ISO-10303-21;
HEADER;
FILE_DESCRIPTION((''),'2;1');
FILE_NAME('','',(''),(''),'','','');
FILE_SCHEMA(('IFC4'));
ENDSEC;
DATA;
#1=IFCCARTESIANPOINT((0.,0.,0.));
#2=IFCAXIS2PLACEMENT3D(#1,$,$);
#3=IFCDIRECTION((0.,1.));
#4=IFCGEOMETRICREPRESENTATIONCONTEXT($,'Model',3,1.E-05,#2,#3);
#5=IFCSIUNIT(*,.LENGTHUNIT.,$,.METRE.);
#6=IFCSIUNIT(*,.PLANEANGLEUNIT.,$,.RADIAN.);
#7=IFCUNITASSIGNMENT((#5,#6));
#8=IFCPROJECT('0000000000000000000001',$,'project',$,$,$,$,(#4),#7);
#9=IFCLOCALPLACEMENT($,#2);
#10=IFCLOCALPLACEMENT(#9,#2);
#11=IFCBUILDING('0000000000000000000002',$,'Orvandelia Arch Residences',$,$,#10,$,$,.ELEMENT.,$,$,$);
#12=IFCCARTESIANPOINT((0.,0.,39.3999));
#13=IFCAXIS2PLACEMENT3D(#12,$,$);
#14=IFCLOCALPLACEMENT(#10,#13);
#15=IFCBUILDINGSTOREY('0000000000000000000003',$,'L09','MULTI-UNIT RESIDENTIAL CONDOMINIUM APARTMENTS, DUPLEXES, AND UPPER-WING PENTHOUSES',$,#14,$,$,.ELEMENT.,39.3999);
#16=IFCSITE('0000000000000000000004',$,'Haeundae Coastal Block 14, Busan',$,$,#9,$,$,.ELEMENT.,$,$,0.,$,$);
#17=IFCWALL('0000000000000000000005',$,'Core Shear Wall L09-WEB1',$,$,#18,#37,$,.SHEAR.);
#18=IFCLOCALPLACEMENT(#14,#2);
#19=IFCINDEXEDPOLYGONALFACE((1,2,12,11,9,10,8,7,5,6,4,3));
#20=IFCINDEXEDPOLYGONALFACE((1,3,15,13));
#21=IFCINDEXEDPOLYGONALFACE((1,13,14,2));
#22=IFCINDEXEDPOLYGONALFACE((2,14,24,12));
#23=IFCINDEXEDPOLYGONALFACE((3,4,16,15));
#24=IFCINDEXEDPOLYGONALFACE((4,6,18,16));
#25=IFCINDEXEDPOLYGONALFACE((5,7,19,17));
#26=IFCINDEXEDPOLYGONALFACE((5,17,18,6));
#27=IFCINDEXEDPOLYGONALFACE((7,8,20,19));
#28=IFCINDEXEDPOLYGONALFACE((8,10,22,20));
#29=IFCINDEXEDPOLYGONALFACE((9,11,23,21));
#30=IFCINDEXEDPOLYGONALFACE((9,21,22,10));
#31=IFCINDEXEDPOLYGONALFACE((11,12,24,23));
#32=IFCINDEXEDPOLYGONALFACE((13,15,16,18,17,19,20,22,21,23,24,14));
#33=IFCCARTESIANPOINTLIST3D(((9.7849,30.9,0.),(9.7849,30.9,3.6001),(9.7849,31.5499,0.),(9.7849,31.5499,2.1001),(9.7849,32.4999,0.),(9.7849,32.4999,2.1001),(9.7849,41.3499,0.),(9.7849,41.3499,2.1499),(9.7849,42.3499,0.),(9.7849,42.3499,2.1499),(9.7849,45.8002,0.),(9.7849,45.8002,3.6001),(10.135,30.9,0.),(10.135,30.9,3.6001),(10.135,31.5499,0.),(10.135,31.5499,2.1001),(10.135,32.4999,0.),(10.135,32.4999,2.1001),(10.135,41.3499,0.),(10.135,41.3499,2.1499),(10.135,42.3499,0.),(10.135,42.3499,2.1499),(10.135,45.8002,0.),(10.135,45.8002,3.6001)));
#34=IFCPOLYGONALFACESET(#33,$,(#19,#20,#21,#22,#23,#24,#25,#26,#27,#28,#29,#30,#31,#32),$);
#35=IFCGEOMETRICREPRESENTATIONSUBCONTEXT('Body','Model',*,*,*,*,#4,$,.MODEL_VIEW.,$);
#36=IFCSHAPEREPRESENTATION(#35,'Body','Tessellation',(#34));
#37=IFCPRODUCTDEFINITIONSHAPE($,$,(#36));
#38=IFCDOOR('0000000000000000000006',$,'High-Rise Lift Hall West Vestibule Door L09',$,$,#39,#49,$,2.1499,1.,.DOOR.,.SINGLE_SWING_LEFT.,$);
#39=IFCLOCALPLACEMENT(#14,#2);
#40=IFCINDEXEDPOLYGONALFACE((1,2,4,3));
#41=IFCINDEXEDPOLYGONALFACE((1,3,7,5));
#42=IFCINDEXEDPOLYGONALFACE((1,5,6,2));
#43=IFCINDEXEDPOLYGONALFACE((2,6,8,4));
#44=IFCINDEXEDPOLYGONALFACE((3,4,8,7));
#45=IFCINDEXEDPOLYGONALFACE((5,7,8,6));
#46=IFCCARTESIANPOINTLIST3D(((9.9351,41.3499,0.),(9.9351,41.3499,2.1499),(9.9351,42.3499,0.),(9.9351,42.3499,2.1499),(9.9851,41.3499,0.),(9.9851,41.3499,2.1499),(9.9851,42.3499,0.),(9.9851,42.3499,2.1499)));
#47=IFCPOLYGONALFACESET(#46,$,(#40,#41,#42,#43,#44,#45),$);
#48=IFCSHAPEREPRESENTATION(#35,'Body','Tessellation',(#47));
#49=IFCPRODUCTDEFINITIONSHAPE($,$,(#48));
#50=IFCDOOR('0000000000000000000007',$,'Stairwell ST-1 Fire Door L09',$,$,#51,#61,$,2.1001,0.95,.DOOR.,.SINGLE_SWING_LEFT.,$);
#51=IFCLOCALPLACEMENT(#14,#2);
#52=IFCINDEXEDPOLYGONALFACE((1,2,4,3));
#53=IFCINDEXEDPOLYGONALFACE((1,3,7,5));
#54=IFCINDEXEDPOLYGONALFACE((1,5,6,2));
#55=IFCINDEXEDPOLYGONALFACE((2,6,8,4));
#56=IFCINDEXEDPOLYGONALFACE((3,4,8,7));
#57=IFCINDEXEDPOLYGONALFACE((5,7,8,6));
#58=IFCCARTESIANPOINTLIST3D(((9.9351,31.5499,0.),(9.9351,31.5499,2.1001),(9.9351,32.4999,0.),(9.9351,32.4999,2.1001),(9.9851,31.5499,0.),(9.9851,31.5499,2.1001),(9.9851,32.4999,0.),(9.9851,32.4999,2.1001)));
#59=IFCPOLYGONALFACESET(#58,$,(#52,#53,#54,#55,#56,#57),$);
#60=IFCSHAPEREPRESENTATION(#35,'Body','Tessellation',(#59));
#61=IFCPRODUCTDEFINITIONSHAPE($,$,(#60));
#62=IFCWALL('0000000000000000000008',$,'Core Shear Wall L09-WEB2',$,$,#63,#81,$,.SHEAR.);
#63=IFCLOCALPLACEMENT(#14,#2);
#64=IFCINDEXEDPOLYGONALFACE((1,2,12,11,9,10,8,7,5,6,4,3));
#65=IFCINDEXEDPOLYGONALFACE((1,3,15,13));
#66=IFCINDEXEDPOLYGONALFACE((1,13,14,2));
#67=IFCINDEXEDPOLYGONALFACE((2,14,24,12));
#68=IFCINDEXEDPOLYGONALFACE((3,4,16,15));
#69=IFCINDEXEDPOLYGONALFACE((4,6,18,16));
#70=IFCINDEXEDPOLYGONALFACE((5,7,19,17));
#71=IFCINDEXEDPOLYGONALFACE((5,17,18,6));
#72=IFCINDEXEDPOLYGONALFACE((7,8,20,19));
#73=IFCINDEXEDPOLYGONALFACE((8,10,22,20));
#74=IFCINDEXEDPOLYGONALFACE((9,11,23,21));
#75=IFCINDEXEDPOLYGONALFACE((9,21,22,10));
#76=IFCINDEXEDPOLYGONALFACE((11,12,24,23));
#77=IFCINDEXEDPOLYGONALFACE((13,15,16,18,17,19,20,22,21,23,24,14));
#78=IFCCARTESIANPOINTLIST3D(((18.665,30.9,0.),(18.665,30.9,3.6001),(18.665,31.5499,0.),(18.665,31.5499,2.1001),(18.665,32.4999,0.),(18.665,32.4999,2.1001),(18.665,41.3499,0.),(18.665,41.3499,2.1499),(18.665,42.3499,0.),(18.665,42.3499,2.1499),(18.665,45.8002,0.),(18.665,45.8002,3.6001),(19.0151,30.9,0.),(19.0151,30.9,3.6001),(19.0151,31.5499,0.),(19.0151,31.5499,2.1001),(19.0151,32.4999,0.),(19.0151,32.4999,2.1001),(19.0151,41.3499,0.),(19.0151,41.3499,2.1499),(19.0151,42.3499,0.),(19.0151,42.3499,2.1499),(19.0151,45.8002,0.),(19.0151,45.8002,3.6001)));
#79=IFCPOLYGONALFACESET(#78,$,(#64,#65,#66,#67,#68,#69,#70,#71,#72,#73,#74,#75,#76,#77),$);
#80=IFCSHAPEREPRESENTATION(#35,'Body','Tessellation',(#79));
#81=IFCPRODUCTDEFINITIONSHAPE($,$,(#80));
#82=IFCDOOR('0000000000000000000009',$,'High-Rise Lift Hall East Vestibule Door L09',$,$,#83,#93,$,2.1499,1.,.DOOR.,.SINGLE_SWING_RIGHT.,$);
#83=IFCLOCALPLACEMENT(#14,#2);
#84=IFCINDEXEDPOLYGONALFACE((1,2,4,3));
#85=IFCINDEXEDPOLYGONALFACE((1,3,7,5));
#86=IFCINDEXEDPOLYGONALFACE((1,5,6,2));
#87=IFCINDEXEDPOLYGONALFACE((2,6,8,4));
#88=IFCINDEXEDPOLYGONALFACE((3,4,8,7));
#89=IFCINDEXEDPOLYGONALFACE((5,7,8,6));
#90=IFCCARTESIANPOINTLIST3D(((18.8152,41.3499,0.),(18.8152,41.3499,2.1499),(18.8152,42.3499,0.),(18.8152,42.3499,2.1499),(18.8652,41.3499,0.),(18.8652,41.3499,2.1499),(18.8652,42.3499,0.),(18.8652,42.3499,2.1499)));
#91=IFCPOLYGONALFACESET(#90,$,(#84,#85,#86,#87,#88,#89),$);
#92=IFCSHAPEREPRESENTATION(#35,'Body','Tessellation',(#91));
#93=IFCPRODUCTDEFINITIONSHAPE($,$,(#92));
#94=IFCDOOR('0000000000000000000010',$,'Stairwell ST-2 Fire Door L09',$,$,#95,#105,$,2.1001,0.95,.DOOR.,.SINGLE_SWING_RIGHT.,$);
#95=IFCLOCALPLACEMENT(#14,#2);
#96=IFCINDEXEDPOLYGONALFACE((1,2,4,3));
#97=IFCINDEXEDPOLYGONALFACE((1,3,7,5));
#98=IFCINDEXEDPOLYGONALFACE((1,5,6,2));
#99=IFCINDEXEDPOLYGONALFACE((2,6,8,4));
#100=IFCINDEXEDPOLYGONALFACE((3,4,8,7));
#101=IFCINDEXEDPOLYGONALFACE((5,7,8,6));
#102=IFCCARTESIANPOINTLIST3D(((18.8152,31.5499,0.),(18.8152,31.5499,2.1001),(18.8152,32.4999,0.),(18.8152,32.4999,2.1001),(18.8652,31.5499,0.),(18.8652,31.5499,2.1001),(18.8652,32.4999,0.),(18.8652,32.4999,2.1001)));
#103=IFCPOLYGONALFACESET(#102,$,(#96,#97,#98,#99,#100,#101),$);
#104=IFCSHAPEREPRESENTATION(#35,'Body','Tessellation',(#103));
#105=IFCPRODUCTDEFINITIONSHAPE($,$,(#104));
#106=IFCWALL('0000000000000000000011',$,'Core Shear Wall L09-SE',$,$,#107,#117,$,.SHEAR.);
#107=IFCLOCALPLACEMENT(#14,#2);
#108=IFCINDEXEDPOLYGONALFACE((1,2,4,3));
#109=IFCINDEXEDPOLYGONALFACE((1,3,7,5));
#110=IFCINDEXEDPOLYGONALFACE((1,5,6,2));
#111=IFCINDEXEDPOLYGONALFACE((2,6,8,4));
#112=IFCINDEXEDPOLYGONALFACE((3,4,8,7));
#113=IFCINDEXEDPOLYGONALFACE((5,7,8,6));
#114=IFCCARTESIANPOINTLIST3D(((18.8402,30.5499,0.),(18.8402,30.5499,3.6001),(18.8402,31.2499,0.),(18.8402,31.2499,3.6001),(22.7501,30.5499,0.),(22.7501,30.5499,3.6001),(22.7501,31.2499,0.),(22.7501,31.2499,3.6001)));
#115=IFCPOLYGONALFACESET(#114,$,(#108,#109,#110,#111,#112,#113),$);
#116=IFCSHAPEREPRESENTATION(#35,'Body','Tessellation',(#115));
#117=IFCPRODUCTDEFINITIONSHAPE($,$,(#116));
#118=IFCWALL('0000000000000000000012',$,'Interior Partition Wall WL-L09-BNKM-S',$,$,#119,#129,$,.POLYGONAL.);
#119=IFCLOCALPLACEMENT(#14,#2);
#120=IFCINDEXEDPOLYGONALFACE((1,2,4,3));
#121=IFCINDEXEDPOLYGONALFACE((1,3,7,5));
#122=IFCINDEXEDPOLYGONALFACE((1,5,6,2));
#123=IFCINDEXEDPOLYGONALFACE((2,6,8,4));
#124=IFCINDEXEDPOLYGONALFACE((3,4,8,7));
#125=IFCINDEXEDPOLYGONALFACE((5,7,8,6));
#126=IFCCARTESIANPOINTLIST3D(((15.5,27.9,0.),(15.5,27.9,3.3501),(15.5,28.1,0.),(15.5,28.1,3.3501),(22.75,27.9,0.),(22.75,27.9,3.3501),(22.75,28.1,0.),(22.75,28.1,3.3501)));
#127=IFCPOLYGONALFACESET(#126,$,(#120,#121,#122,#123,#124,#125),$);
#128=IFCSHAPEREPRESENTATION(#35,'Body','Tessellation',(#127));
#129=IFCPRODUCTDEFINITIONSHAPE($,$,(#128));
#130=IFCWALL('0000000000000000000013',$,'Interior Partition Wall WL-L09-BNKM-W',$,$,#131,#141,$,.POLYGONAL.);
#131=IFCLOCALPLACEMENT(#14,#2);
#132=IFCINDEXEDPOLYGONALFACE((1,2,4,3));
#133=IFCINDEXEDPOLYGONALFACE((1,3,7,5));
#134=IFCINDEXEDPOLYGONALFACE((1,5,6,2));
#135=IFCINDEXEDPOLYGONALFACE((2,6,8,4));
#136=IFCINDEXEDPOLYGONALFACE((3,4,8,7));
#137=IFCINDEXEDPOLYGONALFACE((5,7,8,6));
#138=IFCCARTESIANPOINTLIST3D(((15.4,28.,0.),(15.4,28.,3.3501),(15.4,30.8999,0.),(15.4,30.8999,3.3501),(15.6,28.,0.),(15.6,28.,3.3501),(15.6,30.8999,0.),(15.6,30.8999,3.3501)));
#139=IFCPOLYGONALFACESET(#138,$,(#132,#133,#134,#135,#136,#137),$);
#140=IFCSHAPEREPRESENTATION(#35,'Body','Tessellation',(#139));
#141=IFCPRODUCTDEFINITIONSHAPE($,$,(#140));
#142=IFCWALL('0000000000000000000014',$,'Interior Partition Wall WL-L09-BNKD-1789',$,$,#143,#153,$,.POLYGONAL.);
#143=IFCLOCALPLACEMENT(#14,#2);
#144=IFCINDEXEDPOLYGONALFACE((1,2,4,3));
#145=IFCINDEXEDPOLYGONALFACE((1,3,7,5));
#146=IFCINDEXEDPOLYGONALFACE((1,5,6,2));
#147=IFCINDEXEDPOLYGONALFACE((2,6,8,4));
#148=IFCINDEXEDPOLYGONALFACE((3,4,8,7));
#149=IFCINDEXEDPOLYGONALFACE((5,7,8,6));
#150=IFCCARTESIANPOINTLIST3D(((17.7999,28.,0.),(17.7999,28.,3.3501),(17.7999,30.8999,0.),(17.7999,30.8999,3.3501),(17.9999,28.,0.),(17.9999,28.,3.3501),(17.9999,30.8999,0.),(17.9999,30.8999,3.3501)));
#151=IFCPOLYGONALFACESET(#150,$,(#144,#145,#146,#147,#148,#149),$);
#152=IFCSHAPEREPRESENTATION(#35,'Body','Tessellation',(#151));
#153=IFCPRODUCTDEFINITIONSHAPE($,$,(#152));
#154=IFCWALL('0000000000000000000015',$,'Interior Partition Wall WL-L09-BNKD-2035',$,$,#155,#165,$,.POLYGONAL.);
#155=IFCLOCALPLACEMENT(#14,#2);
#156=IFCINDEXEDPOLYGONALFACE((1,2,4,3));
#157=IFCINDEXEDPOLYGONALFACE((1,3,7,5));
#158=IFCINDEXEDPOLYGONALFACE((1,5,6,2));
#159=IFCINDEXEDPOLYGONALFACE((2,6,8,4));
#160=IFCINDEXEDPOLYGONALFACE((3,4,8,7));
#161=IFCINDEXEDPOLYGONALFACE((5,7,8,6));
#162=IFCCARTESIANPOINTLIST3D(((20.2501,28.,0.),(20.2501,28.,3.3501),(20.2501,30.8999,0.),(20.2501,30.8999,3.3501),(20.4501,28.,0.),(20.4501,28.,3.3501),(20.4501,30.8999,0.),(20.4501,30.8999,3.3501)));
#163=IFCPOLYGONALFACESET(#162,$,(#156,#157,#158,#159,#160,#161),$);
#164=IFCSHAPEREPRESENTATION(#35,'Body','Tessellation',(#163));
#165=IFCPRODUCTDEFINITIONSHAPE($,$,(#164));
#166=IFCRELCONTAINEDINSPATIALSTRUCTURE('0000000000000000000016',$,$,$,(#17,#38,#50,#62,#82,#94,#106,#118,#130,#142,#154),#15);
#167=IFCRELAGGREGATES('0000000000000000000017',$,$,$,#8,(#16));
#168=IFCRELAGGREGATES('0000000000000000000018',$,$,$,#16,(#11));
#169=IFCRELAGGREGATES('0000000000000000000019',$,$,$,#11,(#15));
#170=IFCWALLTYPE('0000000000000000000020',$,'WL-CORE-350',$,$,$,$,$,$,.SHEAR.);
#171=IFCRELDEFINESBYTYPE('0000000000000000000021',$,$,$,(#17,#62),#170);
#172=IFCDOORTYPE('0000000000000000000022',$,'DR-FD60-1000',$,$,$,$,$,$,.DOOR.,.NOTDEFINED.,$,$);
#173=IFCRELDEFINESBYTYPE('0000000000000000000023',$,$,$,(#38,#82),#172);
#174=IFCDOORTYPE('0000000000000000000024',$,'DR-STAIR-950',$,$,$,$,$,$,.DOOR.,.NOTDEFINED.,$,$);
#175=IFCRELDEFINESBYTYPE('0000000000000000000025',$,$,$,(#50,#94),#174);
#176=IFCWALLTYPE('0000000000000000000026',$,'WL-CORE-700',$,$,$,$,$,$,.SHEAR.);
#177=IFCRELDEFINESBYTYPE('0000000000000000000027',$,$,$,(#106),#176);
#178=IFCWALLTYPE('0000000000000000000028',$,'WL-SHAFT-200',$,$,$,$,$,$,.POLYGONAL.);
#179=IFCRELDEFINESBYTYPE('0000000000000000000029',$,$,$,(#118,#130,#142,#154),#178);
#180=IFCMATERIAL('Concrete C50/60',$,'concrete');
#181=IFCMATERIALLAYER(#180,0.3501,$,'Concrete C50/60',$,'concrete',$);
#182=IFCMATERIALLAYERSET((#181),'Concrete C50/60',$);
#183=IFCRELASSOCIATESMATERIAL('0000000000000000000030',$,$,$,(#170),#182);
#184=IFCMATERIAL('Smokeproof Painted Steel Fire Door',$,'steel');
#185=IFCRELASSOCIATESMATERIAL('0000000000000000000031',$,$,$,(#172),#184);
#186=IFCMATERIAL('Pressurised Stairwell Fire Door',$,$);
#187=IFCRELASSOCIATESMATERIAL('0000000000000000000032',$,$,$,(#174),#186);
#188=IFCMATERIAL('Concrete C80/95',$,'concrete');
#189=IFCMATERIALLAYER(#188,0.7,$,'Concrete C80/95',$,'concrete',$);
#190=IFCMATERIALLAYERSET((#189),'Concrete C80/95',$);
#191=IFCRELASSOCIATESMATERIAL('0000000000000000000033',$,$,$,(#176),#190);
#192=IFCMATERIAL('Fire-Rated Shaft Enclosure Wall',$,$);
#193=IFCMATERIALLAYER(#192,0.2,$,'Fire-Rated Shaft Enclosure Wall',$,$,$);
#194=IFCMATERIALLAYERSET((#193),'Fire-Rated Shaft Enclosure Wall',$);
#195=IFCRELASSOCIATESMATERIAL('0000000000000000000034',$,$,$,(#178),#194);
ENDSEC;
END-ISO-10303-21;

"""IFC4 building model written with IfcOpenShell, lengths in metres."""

from ifc_helpers import new_model, si_unit, direction, frame, frame_2d, origin, place, context, subcontext, project, spatial, rectangle, extrude, material, layer, layer_set, type_object, element, fill, save


model = new_model("IFC4")

# Units and contexts
model_context = context("Model", 3, precision=1e-05, world=origin(), true_north=direction((0.0, 1.0)))
body_context = subcontext(model_context, "Body", "Model", "MODEL_VIEW")
ifc_project = project(units=[si_unit("LENGTHUNIT", "METRE"), si_unit("PLANEANGLEUNIT", "RADIAN")], contexts=[model_context])

# Site, building, storey
site_placement = place(None, origin())
site = spatial("IfcSite", under=ifc_project, at=site_placement, Name="Haeundae Coastal Block 14, Busan", CompositionType="ELEMENT", RefElevation=0.0)
building_placement = place(site_placement, origin())
building = spatial("IfcBuilding", under=site, at=building_placement, Name="Orvandelia Arch Residences", CompositionType="ELEMENT")
storey_placement = place(building_placement, frame((0.0, 0.0, 39.3999)))
storey = spatial("IfcBuildingStorey", under=building, at=storey_placement, Name="L09", Description="MULTI-UNIT RESIDENTIAL CONDOMINIUM APARTMENTS, DUPLEXES, AND UPPER-WING PENTHOUSES", CompositionType="ELEMENT", Elevation=39.3999)

# Walls, openings, doors
ifc_material_1 = material(Name="Concrete C50/60", Category="concrete")
ifc_layer_1 = layer(ifc_material_1, 0.3501, Name="Concrete C50/60", Category="concrete")
ifc_layer_set_1 = layer_set([ifc_layer_1], Name="Concrete C50/60")
wall_type_1 = type_object("IfcWallType", Name="WL-CORE-350", PredefinedType="SHEAR", material=ifc_layer_set_1)
wall_1_placement = place(storey_placement, frame((9.96, 30.8999, 0.0), z_axis=(0.0, 0.0, 1.0), x_axis=(0.0, 1.0, 0.0)))
wall_1 = element("IfcWall", 1, at=wall_1_placement, inside=storey, type_object=wall_type_1, Name="Core Shear Wall L09-WEB1", PredefinedType="SHEAR", context=body_context, shape_type="SweptSolid", body=[
    extrude(rectangle(XDim=14.9001, YDim=0.3501, at=frame_2d((7.4502, 0.0))), origin(), (0.0, 0.0, 1.0), 3.6001),
])
opening_1_placement = place(wall_1_placement, frame((0.6499, 0.0, 0.0)))
opening_1 = element("IfcOpeningElement", 2, at=opening_1_placement, cuts=wall_1, PredefinedType="OPENING", context=body_context, shape_type="SweptSolid", body=[
    extrude(rectangle(XDim=0.95, YDim=2.1001, at=frame_2d((0.4751, 1.05))), frame((0.0, 0.1851, 0.0), z_axis=(0.0, -1.0, 0.0), x_axis=(1.0, 0.0, 0.0)), (0.0, 0.0, 1.0), 0.3701),
])
opening_2_placement = place(wall_1_placement, frame((10.45, 0.0, 0.0)))
opening_2 = element("IfcOpeningElement", 3, at=opening_2_placement, cuts=wall_1, PredefinedType="OPENING", context=body_context, shape_type="SweptSolid", body=[
    extrude(rectangle(XDim=1.0, YDim=2.1499, at=frame_2d((0.5, 1.075))), frame((0.0, 0.1851, 0.0), z_axis=(0.0, -1.0, 0.0), x_axis=(1.0, 0.0, 0.0)), (0.0, 0.0, 1.0), 0.3701),
])
ifc_material_2 = material(Name="Smokeproof Painted Steel Fire Door", Category="steel")
door_type_1 = type_object("IfcDoorType", Name="DR-FD60-1000", OperationType="NOTDEFINED", PredefinedType="DOOR", material=ifc_material_2)
door_1_placement = place(opening_2_placement, origin())
door_1 = element("IfcDoor", 4, at=door_1_placement, inside=storey, type_object=door_type_1, Name="High-Rise Lift Hall West Vestibule Door L09", OperationType="SINGLE_SWING_LEFT", OverallHeight=2.1499, OverallWidth=1.0, PredefinedType="DOOR", context=body_context, shape_type="SweptSolid", body=[
    extrude(rectangle(XDim=1.0, YDim=2.1499, at=frame_2d((0.5, 1.075))), frame((0.0, 0.0249, 0.0), z_axis=(0.0, -1.0, 0.0), x_axis=(1.0, 0.0, 0.0)), (0.0, 0.0, 1.0), 0.05),
])
fill(opening_2, door_1)
ifc_material_3 = material(Name="Pressurised Stairwell Fire Door")
door_type_2 = type_object("IfcDoorType", Name="DR-STAIR-950", OperationType="NOTDEFINED", PredefinedType="DOOR", material=ifc_material_3)
door_2_placement = place(opening_1_placement, origin())
door_2 = element("IfcDoor", 5, at=door_2_placement, inside=storey, type_object=door_type_2, Name="Stairwell ST-1 Fire Door L09", OperationType="SINGLE_SWING_LEFT", OverallHeight=2.1001, OverallWidth=0.95, PredefinedType="DOOR", context=body_context, shape_type="SweptSolid", body=[
    extrude(rectangle(XDim=0.95, YDim=2.1001, at=frame_2d((0.4751, 1.05))), frame((0.0, 0.0249, 0.0), z_axis=(0.0, -1.0, 0.0), x_axis=(1.0, 0.0, 0.0)), (0.0, 0.0, 1.0), 0.05),
])
fill(opening_1, door_2)
wall_2_placement = place(storey_placement, frame((18.8401, 30.8999, 0.0), z_axis=(0.0, 0.0, 1.0), x_axis=(0.0, 1.0, 0.0)))
wall_2 = element("IfcWall", 6, at=wall_2_placement, inside=storey, type_object=wall_type_1, Name="Core Shear Wall L09-WEB2", PredefinedType="SHEAR", context=body_context, shape_type="SweptSolid", body=[
    extrude(rectangle(XDim=14.9001, YDim=0.3501, at=frame_2d((7.4502, 0.0))), origin(), (0.0, 0.0, 1.0), 3.6001),
])
opening_3_placement = place(wall_2_placement, frame((0.6499, 0.0, 0.0)))
opening_3 = element("IfcOpeningElement", 7, at=opening_3_placement, cuts=wall_2, PredefinedType="OPENING", context=body_context, shape_type="SweptSolid", body=[
    extrude(rectangle(XDim=0.95, YDim=2.1001, at=frame_2d((0.4751, 1.05))), frame((0.0, 0.1851, 0.0), z_axis=(0.0, -1.0, 0.0), x_axis=(1.0, 0.0, 0.0)), (0.0, 0.0, 1.0), 0.3701),
])
opening_4_placement = place(wall_2_placement, frame((10.45, 0.0, 0.0)))
opening_4 = element("IfcOpeningElement", 8, at=opening_4_placement, cuts=wall_2, PredefinedType="OPENING", context=body_context, shape_type="SweptSolid", body=[
    extrude(rectangle(XDim=1.0, YDim=2.1499, at=frame_2d((0.5, 1.075))), frame((0.0, 0.1851, 0.0), z_axis=(0.0, -1.0, 0.0), x_axis=(1.0, 0.0, 0.0)), (0.0, 0.0, 1.0), 0.3701),
])
door_3_placement = place(opening_4_placement, origin())
door_3 = element("IfcDoor", 9, at=door_3_placement, inside=storey, type_object=door_type_1, Name="High-Rise Lift Hall East Vestibule Door L09", OperationType="SINGLE_SWING_RIGHT", OverallHeight=2.1499, OverallWidth=1.0, PredefinedType="DOOR", context=body_context, shape_type="SweptSolid", body=[
    extrude(rectangle(XDim=1.0, YDim=2.1499, at=frame_2d((0.5, 1.075))), frame((0.0, 0.0249, 0.0), z_axis=(0.0, -1.0, 0.0), x_axis=(1.0, 0.0, 0.0)), (0.0, 0.0, 1.0), 0.05),
])
fill(opening_4, door_3)
door_4_placement = place(opening_3_placement, origin())
door_4 = element("IfcDoor", 10, at=door_4_placement, inside=storey, type_object=door_type_2, Name="Stairwell ST-2 Fire Door L09", OperationType="SINGLE_SWING_RIGHT", OverallHeight=2.1001, OverallWidth=0.95, PredefinedType="DOOR", context=body_context, shape_type="SweptSolid", body=[
    extrude(rectangle(XDim=0.95, YDim=2.1001, at=frame_2d((0.4751, 1.05))), frame((0.0, 0.0249, 0.0), z_axis=(0.0, -1.0, 0.0), x_axis=(1.0, 0.0, 0.0)), (0.0, 0.0, 1.0), 0.05),
])
fill(opening_3, door_4)

# Shared definitions
ifc_material_4 = material(Name="Concrete C80/95", Category="concrete")
ifc_layer_2 = layer(ifc_material_4, 0.7, Name="Concrete C80/95", Category="concrete")
ifc_layer_set_2 = layer_set([ifc_layer_2], Name="Concrete C80/95")
wall_type_2 = type_object("IfcWallType", Name="WL-CORE-700", PredefinedType="SHEAR", material=ifc_layer_set_2)

# Walls
wall_3_placement = place(storey_placement, frame((18.8401, 30.8999, 0.0), z_axis=(0.0, 0.0, 1.0), x_axis=(1.0, 0.0, 0.0)))
element("IfcWall", 11, at=wall_3_placement, inside=storey, type_object=wall_type_2, Name="Core Shear Wall L09-SE", PredefinedType="SHEAR", context=body_context, shape_type="SweptSolid", body=[
    extrude(rectangle(XDim=3.9099, YDim=0.7, at=frame_2d((1.9551, 0.0))), origin(), (0.0, 0.0, 1.0), 3.6001),
])
ifc_material_5 = material(Name="Fire-Rated Shaft Enclosure Wall")
ifc_layer_3 = layer(ifc_material_5, 0.2, Name="Fire-Rated Shaft Enclosure Wall")
ifc_layer_set_3 = layer_set([ifc_layer_3], Name="Fire-Rated Shaft Enclosure Wall")
wall_type_3 = type_object("IfcWallType", Name="WL-SHAFT-200", PredefinedType="POLYGONAL", material=ifc_layer_set_3)
wall_4_placement = place(storey_placement, frame((15.5, 28.0, 0.0), z_axis=(0.0, 0.0, 1.0), x_axis=(1.0, 0.0, 0.0)))
element("IfcWall", 12, at=wall_4_placement, inside=storey, type_object=wall_type_3, Name="Interior Partition Wall WL-L09-BNKM-S", PredefinedType="POLYGONAL", context=body_context, shape_type="SweptSolid", body=[
    extrude(rectangle(XDim=7.25, YDim=0.2, at=frame_2d((3.625, 0.0))), origin(), (0.0, 0.0, 1.0), 3.3501),
])
for number, where, z_axis, x_axis, name in (
    (13, (15.5, 28.0, 0.0), (0.0, 0.0, 1.0), (0.0, 1.0, 0.0), "Interior Partition Wall WL-L09-BNKM-W"),
    (14, (17.8999, 28.0, 0.0), (0.0, 0.0, 1.0), (0.0, 1.0, 0.0), "Interior Partition Wall WL-L09-BNKD-1789"),
    (15, (20.3501, 28.0, 0.0), (0.0, 0.0, 1.0), (0.0, 1.0, 0.0), "Interior Partition Wall WL-L09-BNKD-2035"),
):
    element("IfcWall", number, at=place(storey_placement, frame(where, z_axis=z_axis, x_axis=x_axis)), inside=storey, type_object=wall_type_3, Name=name, PredefinedType="POLYGONAL", context=body_context, shape_type="SweptSolid", body=[
        extrude(rectangle(XDim=2.8999, YDim=0.2, at=frame_2d((1.45, 0.0))), origin(), (0.0, 0.0, 1.0), 3.3501),
    ])

save(model, "model.ifc")
